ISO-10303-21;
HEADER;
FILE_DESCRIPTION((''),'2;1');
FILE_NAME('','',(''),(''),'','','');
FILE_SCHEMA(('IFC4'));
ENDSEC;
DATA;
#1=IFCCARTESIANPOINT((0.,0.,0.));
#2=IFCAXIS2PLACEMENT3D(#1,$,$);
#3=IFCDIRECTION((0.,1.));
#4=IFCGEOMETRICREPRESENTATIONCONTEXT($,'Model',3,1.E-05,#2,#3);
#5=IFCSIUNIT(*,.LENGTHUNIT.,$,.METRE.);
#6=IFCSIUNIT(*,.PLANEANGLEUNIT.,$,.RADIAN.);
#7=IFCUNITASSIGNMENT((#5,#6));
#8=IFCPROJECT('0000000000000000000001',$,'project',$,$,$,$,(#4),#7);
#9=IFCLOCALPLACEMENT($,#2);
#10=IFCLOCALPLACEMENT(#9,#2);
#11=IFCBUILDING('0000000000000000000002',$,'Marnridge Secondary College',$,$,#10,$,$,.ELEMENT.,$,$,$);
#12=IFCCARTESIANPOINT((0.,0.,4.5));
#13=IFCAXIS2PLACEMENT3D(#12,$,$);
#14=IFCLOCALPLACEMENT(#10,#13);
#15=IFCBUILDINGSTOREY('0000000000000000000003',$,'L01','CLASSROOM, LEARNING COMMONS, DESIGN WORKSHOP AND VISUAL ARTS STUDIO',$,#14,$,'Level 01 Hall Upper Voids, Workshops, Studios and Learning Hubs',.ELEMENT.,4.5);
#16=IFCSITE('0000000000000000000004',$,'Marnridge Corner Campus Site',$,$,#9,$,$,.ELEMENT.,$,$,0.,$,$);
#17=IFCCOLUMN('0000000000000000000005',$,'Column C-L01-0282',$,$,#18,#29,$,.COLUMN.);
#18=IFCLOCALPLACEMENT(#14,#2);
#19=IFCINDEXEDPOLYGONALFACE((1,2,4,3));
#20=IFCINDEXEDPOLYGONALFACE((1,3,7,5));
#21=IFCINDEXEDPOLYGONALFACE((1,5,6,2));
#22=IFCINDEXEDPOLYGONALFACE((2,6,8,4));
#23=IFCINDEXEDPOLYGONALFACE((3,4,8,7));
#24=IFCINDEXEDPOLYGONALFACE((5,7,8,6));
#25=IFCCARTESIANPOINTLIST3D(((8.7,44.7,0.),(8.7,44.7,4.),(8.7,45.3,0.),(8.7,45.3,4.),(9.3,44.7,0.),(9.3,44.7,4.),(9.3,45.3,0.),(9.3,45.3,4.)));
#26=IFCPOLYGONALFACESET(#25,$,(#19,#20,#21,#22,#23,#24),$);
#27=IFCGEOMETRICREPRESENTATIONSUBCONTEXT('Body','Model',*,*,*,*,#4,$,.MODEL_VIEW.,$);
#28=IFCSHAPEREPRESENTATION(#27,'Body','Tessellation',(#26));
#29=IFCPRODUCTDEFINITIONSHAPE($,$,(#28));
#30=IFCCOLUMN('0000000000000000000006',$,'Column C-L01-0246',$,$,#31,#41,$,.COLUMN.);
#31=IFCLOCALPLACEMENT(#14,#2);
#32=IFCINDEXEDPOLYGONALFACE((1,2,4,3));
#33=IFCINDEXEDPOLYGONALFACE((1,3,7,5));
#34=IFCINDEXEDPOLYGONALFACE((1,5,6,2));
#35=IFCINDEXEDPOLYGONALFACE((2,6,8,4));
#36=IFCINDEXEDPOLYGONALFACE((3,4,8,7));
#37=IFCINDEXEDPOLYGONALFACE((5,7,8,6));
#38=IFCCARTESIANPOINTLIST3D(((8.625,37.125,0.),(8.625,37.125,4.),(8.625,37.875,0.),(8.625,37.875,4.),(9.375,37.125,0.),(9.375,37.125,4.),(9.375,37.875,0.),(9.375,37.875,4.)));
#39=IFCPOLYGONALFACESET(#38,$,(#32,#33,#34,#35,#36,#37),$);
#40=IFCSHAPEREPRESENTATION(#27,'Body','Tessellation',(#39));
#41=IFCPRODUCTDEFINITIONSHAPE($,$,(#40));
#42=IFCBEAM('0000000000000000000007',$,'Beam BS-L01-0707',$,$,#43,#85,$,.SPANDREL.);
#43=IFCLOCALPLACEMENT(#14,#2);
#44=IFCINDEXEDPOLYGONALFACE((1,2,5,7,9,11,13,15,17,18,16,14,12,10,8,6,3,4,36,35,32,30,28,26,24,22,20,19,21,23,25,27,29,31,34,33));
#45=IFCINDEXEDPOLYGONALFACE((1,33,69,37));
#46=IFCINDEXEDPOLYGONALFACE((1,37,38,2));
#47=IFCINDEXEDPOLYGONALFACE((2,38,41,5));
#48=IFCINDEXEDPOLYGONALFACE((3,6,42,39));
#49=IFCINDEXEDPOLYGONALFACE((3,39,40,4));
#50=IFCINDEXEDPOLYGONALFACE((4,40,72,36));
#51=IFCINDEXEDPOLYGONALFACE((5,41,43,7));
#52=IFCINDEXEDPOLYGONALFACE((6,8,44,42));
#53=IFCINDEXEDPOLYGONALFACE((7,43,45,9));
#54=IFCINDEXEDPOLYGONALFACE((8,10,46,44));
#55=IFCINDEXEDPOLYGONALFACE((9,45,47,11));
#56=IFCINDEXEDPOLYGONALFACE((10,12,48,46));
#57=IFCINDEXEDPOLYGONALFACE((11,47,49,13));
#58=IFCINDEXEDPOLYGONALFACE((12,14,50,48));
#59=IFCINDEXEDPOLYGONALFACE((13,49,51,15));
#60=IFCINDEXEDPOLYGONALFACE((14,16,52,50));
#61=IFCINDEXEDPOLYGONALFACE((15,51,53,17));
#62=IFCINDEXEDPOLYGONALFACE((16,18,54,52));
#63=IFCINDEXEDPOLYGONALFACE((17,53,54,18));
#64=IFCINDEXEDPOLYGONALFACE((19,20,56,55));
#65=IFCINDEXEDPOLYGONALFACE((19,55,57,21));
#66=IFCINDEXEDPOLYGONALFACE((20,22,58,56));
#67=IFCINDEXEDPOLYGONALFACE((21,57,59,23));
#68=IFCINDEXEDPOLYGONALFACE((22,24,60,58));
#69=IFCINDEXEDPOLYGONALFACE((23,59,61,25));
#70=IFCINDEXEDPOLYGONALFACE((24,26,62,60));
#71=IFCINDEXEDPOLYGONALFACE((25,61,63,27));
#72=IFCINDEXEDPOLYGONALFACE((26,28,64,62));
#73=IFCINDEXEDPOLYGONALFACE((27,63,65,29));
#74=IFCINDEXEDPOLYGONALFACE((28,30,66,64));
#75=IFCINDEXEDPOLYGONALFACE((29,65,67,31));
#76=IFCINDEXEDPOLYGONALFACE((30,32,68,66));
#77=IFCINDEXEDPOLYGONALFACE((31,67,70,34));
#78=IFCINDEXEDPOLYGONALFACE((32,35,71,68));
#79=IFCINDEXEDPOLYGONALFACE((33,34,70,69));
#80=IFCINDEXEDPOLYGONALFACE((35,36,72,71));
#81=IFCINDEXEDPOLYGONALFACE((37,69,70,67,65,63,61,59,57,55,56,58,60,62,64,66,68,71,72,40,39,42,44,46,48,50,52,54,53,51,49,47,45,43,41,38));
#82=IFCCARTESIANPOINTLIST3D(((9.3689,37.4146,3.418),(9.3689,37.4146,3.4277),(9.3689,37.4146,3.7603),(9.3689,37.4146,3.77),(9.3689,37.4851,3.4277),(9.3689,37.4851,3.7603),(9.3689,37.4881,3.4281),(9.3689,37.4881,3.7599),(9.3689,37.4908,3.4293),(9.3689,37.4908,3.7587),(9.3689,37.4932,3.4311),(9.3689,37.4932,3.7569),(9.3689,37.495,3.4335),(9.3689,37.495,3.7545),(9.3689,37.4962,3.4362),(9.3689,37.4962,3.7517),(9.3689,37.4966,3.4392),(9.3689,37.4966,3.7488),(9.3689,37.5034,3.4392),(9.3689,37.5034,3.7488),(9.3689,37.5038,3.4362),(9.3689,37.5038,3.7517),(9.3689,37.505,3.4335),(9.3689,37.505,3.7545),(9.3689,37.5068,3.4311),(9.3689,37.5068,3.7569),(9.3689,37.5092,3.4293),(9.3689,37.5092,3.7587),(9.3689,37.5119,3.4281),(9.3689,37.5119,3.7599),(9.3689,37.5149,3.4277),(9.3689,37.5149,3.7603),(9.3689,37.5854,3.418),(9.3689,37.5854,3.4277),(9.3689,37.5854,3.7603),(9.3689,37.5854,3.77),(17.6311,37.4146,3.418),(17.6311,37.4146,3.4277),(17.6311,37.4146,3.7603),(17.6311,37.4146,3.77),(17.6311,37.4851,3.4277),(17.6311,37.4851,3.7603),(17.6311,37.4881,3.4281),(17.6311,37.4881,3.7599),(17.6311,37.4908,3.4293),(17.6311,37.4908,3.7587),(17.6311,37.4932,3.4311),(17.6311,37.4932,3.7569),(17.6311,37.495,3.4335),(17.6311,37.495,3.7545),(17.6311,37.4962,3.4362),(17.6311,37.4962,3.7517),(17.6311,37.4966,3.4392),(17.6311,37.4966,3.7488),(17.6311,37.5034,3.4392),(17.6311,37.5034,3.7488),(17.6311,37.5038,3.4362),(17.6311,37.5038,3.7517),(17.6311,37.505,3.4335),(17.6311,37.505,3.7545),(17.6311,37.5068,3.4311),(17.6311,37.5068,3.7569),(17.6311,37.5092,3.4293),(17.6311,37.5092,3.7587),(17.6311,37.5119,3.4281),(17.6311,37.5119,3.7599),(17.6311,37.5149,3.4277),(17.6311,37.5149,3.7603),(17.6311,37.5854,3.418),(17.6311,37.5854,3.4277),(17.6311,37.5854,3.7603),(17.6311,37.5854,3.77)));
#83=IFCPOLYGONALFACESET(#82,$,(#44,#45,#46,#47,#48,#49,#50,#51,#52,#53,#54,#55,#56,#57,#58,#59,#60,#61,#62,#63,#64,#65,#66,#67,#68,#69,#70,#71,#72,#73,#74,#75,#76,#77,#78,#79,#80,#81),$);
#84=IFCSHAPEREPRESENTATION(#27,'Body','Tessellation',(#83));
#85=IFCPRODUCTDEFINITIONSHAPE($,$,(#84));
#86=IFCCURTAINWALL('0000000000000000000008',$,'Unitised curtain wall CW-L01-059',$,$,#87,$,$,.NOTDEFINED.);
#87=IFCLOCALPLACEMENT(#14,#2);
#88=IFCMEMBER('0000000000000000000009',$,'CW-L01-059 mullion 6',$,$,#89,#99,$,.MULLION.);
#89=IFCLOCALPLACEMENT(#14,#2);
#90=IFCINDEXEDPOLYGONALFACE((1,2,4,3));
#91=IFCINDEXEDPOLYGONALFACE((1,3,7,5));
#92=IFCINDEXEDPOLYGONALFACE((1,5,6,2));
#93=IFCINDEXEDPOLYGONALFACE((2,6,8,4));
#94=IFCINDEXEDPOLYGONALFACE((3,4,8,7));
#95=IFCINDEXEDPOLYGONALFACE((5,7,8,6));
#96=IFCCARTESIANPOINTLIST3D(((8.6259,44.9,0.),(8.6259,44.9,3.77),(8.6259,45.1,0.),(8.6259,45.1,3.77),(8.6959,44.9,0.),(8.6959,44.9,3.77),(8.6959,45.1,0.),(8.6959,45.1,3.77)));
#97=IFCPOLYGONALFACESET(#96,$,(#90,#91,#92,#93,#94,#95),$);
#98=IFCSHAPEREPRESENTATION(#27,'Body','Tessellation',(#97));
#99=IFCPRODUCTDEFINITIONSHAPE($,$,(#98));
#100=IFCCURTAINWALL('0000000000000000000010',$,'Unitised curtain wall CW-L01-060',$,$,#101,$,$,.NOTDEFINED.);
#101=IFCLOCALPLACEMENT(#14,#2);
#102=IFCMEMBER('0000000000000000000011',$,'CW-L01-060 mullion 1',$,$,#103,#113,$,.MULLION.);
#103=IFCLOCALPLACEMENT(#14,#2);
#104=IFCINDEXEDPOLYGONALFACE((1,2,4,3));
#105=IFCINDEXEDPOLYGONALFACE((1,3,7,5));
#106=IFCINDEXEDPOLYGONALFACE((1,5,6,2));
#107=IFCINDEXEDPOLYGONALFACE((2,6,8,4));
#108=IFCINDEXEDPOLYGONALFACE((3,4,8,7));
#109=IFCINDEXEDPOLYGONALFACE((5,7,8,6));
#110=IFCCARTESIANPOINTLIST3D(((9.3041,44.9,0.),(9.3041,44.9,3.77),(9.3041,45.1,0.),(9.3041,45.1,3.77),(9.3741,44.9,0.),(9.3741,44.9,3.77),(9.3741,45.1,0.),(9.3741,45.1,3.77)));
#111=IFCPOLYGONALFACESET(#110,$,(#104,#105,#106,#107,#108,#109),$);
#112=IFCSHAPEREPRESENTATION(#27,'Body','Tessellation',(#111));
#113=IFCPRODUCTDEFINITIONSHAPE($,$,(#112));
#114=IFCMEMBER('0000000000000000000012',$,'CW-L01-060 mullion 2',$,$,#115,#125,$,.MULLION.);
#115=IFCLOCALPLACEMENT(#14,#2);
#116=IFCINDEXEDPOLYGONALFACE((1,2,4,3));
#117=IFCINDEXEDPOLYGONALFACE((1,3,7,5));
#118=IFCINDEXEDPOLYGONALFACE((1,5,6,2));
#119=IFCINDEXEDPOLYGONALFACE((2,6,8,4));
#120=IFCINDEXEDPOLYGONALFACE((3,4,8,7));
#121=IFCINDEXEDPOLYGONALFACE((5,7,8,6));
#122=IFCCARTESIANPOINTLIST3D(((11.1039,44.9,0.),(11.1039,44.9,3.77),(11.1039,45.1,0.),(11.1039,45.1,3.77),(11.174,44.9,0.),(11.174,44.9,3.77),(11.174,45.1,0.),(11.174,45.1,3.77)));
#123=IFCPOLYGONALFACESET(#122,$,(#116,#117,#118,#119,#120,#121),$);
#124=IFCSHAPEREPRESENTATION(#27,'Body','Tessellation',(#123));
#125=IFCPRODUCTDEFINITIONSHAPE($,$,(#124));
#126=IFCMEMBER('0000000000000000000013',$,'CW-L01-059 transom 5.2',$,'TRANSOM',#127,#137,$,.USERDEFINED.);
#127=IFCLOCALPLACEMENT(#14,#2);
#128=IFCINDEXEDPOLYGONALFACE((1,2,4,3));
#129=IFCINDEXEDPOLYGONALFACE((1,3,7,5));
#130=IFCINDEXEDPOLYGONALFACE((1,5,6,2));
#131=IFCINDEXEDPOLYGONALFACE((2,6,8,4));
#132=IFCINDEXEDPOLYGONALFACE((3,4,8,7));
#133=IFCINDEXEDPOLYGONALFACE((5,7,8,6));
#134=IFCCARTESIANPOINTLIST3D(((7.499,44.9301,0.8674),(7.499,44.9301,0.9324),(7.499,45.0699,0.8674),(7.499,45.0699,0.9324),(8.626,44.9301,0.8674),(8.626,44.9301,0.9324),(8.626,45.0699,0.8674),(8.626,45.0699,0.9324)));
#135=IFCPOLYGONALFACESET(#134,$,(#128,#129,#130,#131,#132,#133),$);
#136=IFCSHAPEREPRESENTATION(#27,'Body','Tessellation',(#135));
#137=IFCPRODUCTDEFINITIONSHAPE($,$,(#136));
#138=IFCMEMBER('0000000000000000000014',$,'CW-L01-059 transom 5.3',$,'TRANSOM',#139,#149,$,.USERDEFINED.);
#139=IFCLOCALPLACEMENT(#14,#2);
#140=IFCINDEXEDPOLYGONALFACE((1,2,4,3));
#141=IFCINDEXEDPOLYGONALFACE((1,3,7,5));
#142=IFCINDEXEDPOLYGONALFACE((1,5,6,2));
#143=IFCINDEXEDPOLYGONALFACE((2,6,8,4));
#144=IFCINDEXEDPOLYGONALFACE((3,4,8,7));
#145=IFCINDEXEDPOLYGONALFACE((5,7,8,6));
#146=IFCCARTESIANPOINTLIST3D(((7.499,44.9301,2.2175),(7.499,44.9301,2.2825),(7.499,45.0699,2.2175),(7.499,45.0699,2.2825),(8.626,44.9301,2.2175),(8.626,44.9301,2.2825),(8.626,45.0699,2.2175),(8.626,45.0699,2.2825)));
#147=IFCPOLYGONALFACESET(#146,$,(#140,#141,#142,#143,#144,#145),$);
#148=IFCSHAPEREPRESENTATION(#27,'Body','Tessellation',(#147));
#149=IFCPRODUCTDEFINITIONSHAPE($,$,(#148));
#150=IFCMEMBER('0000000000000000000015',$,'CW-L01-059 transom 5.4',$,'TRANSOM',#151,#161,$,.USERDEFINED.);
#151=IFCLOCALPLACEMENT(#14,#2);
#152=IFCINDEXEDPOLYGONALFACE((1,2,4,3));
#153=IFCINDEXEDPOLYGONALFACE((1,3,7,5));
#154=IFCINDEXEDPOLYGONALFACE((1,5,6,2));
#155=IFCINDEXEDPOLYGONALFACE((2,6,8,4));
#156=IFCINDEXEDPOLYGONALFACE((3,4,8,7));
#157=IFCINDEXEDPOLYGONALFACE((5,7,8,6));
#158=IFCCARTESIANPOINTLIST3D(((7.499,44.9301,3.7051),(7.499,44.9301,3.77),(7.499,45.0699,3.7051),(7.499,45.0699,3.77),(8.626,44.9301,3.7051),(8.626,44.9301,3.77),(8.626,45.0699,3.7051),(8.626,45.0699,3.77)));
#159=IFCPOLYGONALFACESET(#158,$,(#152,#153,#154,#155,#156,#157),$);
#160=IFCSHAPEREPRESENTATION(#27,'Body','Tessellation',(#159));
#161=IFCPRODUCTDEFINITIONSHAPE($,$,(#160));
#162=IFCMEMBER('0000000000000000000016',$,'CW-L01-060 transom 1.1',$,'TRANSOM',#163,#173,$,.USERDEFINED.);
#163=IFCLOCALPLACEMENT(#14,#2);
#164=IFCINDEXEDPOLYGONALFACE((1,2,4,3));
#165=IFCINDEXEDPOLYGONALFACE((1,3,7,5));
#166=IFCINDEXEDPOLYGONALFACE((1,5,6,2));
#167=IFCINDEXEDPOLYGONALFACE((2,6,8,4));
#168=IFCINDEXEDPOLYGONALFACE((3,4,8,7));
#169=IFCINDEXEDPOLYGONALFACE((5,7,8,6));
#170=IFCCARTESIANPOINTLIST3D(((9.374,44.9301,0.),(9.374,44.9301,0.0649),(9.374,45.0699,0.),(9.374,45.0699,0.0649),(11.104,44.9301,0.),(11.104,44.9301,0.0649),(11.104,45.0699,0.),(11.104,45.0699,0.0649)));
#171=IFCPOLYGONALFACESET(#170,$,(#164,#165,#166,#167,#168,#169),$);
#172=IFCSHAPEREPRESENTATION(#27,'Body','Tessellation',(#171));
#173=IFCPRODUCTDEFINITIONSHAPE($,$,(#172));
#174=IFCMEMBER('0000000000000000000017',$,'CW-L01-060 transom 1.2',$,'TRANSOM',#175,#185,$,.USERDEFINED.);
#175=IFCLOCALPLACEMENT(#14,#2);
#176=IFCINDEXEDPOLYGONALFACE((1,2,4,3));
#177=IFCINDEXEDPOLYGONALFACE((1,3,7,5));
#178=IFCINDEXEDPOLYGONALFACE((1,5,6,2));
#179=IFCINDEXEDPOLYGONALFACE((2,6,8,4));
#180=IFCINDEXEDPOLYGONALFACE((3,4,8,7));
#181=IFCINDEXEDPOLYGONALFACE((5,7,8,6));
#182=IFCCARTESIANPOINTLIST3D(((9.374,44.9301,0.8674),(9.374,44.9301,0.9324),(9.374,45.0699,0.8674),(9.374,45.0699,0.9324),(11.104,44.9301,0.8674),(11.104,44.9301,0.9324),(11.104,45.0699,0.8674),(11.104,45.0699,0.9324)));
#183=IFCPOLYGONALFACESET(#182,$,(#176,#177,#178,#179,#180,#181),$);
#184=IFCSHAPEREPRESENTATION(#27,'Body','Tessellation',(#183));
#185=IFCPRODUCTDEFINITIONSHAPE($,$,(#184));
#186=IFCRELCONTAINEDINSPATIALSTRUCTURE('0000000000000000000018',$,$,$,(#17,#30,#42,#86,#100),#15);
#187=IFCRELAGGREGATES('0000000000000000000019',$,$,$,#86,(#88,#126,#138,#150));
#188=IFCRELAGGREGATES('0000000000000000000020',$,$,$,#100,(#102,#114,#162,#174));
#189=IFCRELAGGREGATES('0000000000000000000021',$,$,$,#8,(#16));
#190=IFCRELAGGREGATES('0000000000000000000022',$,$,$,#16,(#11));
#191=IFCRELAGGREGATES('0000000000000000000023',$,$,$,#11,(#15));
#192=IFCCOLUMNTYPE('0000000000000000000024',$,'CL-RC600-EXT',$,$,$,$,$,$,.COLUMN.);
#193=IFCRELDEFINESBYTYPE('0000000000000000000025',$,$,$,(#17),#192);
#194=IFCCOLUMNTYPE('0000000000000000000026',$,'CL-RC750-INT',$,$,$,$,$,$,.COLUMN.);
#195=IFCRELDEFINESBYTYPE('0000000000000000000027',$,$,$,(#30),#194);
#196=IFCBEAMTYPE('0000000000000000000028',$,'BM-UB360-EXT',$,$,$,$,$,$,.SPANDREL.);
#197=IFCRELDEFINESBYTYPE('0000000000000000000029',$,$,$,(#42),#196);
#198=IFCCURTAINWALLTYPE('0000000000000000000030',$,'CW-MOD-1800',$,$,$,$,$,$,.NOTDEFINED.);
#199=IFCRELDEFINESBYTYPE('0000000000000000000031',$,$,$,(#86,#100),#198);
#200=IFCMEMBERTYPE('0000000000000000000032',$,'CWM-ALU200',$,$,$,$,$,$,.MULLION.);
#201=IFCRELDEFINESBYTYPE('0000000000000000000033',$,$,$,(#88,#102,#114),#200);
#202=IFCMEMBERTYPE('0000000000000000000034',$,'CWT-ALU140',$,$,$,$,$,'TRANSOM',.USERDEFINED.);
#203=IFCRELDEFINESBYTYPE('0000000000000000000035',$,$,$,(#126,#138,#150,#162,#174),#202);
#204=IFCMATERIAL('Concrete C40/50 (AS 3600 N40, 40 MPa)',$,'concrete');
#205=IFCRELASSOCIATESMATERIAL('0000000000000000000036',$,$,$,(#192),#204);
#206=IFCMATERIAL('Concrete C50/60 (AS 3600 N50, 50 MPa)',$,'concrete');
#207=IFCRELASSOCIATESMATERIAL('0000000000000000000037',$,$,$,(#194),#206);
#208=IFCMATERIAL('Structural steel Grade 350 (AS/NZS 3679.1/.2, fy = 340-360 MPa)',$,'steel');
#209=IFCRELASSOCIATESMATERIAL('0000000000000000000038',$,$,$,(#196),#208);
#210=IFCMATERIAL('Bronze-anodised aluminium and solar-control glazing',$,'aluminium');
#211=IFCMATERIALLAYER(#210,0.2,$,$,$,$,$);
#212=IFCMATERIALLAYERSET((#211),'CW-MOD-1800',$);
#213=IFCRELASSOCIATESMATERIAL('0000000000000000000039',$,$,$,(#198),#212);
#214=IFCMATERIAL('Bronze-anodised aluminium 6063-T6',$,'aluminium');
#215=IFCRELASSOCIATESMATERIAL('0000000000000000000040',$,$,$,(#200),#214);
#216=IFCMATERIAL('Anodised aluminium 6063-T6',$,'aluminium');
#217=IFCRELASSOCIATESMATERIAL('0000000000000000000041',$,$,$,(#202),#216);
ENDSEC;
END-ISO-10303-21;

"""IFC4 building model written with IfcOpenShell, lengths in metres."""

from ifc_helpers import new_model, si_unit, direction, frame, origin, origin_2d, place, context, subcontext, project, spatial, rectangle, i_section, extrude, material, layer, layer_set, material_profile, profile_set, type_object, element, aggregate, save


model = new_model("IFC4")

# Units and contexts
model_context = context("Model", 3, precision=1e-05, world=origin(), true_north=direction((0.0, 1.0)))
body_context = subcontext(model_context, "Body", "Model", "MODEL_VIEW")
ifc_project = project(units=[si_unit("LENGTHUNIT", "METRE"), si_unit("PLANEANGLEUNIT", "RADIAN")], contexts=[model_context])

# Site, building, storey
site_placement = place(None, origin())
site = spatial("IfcSite", under=ifc_project, at=site_placement, Name="Marnridge Corner Campus Site", CompositionType="ELEMENT", RefElevation=0.0)
building_placement = place(site_placement, origin())
building = spatial("IfcBuilding", under=site, at=building_placement, Name="Marnridge Secondary College", CompositionType="ELEMENT")
storey_placement = place(building_placement, frame((0.0, 0.0, 4.5)))
storey = spatial("IfcBuildingStorey", under=building, at=storey_placement, Name="L01", Description="CLASSROOM, LEARNING COMMONS, DESIGN WORKSHOP AND VISUAL ARTS STUDIO", LongName="Level 01 Hall Upper Voids, Workshops, Studios and Learning Hubs", CompositionType="ELEMENT", Elevation=4.5)

# Columns
ifc_material_1 = material(Name="Concrete C40/50 (AS 3600 N40, 40 MPa)", Category="concrete")
ifc_material_profile_1 = material_profile(ifc_material_1, rectangle(XDim=0.6001, YDim=0.6001, at=origin_2d()), Name="RC 600x600")
ifc_profile_set_1 = profile_set([ifc_material_profile_1], Name="Concrete C40/50 (AS 3600 N40, 40 MPa)")
column_type_1 = type_object("IfcColumnType", Name="CL-RC600-EXT", PredefinedType="COLUMN", material=ifc_profile_set_1)
column_1_placement = place(storey_placement, frame((9.0, 45.0, 0.0), z_axis=(0.0, 0.0, 1.0), x_axis=(1.0, 0.0, 0.0)))
element("IfcColumn", 1, at=column_1_placement, inside=storey, type_object=column_type_1, Name="Column C-L01-0282", PredefinedType="COLUMN", context=body_context, shape_type="SweptSolid", body=[
    extrude(rectangle(XDim=0.6001, YDim=0.6001, at=origin_2d()), origin(), (0.0, 0.0, 1.0), 4.0),
])
ifc_material_2 = material(Name="Concrete C50/60 (AS 3600 N50, 50 MPa)", Category="concrete")
ifc_material_profile_2 = material_profile(ifc_material_2, rectangle(XDim=0.75, YDim=0.75, at=origin_2d()), Name="RC 750x750")
ifc_profile_set_2 = profile_set([ifc_material_profile_2], Name="Concrete C50/60 (AS 3600 N50, 50 MPa)")
column_type_2 = type_object("IfcColumnType", Name="CL-RC750-INT", PredefinedType="COLUMN", material=ifc_profile_set_2)
column_2_placement = place(storey_placement, frame((9.0, 37.5, 0.0), z_axis=(0.0, 0.0, 1.0), x_axis=(1.0, 0.0, 0.0)))
element("IfcColumn", 2, at=column_2_placement, inside=storey, type_object=column_type_2, Name="Column C-L01-0246", PredefinedType="COLUMN", context=body_context, shape_type="SweptSolid", body=[
    extrude(rectangle(XDim=0.75, YDim=0.75, at=origin_2d()), origin(), (0.0, 0.0, 1.0), 4.0),
])

# Beam
ifc_material_3 = material(Name="Structural steel Grade 350 (AS/NZS 3679.1/.2, fy = 340-360 MPa)", Category="steel")
ifc_material_profile_3 = material_profile(ifc_material_3, i_section(OverallWidth=0.1709, OverallDepth=0.3521, WebThickness=0.0068, FlangeThickness=0.0098, FilletRadius=0.0115, at=origin_2d()), Name="360UB44.7")
ifc_profile_set_3 = profile_set([ifc_material_profile_3], Name="Structural steel Grade 350 (AS/NZS 3679.1/.2, fy = 340-360 MPa)")
beam_type = type_object("IfcBeamType", Name="BM-UB360-EXT", PredefinedType="SPANDREL", material=ifc_profile_set_3)
beam_placement = place(storey_placement, frame((9.3689, 37.5, 3.594), z_axis=(1.0, 0.0, 0.0), x_axis=(0.0, 1.0, 0.0)))
element("IfcBeam", 3, at=beam_placement, inside=storey, type_object=beam_type, Name="Beam BS-L01-0707", PredefinedType="SPANDREL", context=body_context, shape_type="SweptSolid", body=[
    extrude(i_section(OverallWidth=0.1709, OverallDepth=0.3521, WebThickness=0.0068, FlangeThickness=0.0098, FilletRadius=0.0115, at=origin_2d()), origin(), (0.0, 0.0, 1.0), 8.2622),
])

# Curtain wall, member
ifc_material_4 = material(Name="Bronze-anodised aluminium and solar-control glazing", Category="aluminium")
ifc_layer_1 = layer(ifc_material_4, 0.2)
ifc_layer_set_1 = layer_set([ifc_layer_1], Name="CW-MOD-1800")
curtain_wall_type = type_object("IfcCurtainWallType", Name="CW-MOD-1800", PredefinedType="NOTDEFINED", material=ifc_layer_set_1)
curtain_wall_1_placement = place(storey_placement, origin())
curtain_wall_1 = element("IfcCurtainWall", 4, at=curtain_wall_1_placement, inside=storey, type_object=curtain_wall_type, Name="Unitised curtain wall CW-L01-059", PredefinedType="NOTDEFINED")
ifc_material_5 = material(Name="Bronze-anodised aluminium 6063-T6", Category="aluminium")
ifc_material_profile_4 = material_profile(ifc_material_5, rectangle(XDim=0.0701, YDim=0.2, at=origin_2d()), Name="ALU 70x200")
ifc_profile_set_4 = profile_set([ifc_material_profile_4], Name="Bronze-anodised aluminium 6063-T6")
member_type_1 = type_object("IfcMemberType", Name="CWM-ALU200", PredefinedType="MULLION", material=ifc_profile_set_4)
member_1_placement = place(storey_placement, frame((8.6609, 45.0, 0.0), z_axis=(0.0, 0.0, 1.0), x_axis=(1.0, 0.0, 0.0)))
member_1 = element("IfcMember", 5, at=member_1_placement, type_object=member_type_1, Name="CW-L01-059 mullion 6", PredefinedType="MULLION", context=body_context, shape_type="SweptSolid", body=[
    extrude(rectangle(XDim=0.0701, YDim=0.2, at=origin_2d()), origin(), (0.0, 0.0, 1.0), 3.77),
])

# Curtain wall, members
curtain_wall_2_placement = place(storey_placement, origin())
curtain_wall_2 = element("IfcCurtainWall", 6, at=curtain_wall_2_placement, inside=storey, type_object=curtain_wall_type, Name="Unitised curtain wall CW-L01-060", PredefinedType="NOTDEFINED")
member_2_placement = place(storey_placement, frame((9.3391, 45.0, 0.0), z_axis=(0.0, 0.0, 1.0), x_axis=(1.0, 0.0, 0.0)))
member_2 = element("IfcMember", 7, at=member_2_placement, type_object=member_type_1, Name="CW-L01-060 mullion 1", PredefinedType="MULLION", context=body_context, shape_type="SweptSolid", body=[
    extrude(rectangle(XDim=0.0701, YDim=0.2, at=origin_2d()), origin(), (0.0, 0.0, 1.0), 3.77),
])
member_3_placement = place(storey_placement, frame((11.1389, 45.0, 0.0), z_axis=(0.0, 0.0, 1.0), x_axis=(1.0, 0.0, 0.0)))
member_3 = element("IfcMember", 8, at=member_3_placement, type_object=member_type_1, Name="CW-L01-060 mullion 2", PredefinedType="MULLION", context=body_context, shape_type="SweptSolid", body=[
    extrude(rectangle(XDim=0.0701, YDim=0.2, at=origin_2d()), origin(), (0.0, 0.0, 1.0), 3.77),
])

# Members
ifc_material_6 = material(Name="Anodised aluminium 6063-T6", Category="aluminium")
ifc_material_profile_5 = material_profile(ifc_material_6, rectangle(XDim=0.0649, YDim=0.1399, at=origin_2d()), Name="ALU 65x140")
ifc_profile_set_5 = profile_set([ifc_material_profile_5], Name="Anodised aluminium 6063-T6")
member_type_2 = type_object("IfcMemberType", Name="CWT-ALU140", ElementType="TRANSOM", PredefinedType="USERDEFINED", material=ifc_profile_set_5)
member_4_placement = place(storey_placement, frame((7.499, 45.0, 0.8999), z_axis=(1.0, 0.0, 0.0), x_axis=(0.0, 0.0, 1.0)))
member_4 = element("IfcMember", 9, at=member_4_placement, type_object=member_type_2, Name="CW-L01-059 transom 5.2", ObjectType="TRANSOM", PredefinedType="USERDEFINED", context=body_context, shape_type="SweptSolid", body=[
    extrude(rectangle(XDim=0.0649, YDim=0.1399, at=origin_2d()), origin(), (0.0, 0.0, 1.0), 1.127),
])
member_5_placement = place(storey_placement, frame((7.499, 45.0, 2.25), z_axis=(1.0, 0.0, 0.0), x_axis=(0.0, 0.0, 1.0)))
member_5 = element("IfcMember", 10, at=member_5_placement, type_object=member_type_2, Name="CW-L01-059 transom 5.3", ObjectType="TRANSOM", PredefinedType="USERDEFINED", context=body_context, shape_type="SweptSolid", body=[
    extrude(rectangle(XDim=0.0649, YDim=0.1399, at=origin_2d()), origin(), (0.0, 0.0, 1.0), 1.127),
])
member_6_placement = place(storey_placement, frame((7.499, 45.0, 3.7375), z_axis=(1.0, 0.0, 0.0), x_axis=(0.0, 0.0, 1.0)))
member_6 = element("IfcMember", 11, at=member_6_placement, type_object=member_type_2, Name="CW-L01-059 transom 5.4", ObjectType="TRANSOM", PredefinedType="USERDEFINED", context=body_context, shape_type="SweptSolid", body=[
    extrude(rectangle(XDim=0.0649, YDim=0.1399, at=origin_2d()), origin(), (0.0, 0.0, 1.0), 1.127),
])
member_7_placement = place(storey_placement, frame((9.374, 45.0, 0.0325), z_axis=(1.0, 0.0, 0.0), x_axis=(0.0, 0.0, 1.0)))
member_7 = element("IfcMember", 12, at=member_7_placement, type_object=member_type_2, Name="CW-L01-060 transom 1.1", ObjectType="TRANSOM", PredefinedType="USERDEFINED", context=body_context, shape_type="SweptSolid", body=[
    extrude(rectangle(XDim=0.0649, YDim=0.1399, at=origin_2d()), origin(), (0.0, 0.0, 1.0), 1.73),
])
member_8_placement = place(storey_placement, frame((9.374, 45.0, 0.8999), z_axis=(1.0, 0.0, 0.0), x_axis=(0.0, 0.0, 1.0)))
member_8 = element("IfcMember", 13, at=member_8_placement, type_object=member_type_2, Name="CW-L01-060 transom 1.2", ObjectType="TRANSOM", PredefinedType="USERDEFINED", context=body_context, shape_type="SweptSolid", body=[
    extrude(rectangle(XDim=0.0649, YDim=0.1399, at=origin_2d()), origin(), (0.0, 0.0, 1.0), 1.73),
])

aggregate(curtain_wall_1, [member_1, member_4, member_5, member_6])
aggregate(curtain_wall_2, [member_2, member_3, member_7, member_8])

save(model, "model.ifc")
